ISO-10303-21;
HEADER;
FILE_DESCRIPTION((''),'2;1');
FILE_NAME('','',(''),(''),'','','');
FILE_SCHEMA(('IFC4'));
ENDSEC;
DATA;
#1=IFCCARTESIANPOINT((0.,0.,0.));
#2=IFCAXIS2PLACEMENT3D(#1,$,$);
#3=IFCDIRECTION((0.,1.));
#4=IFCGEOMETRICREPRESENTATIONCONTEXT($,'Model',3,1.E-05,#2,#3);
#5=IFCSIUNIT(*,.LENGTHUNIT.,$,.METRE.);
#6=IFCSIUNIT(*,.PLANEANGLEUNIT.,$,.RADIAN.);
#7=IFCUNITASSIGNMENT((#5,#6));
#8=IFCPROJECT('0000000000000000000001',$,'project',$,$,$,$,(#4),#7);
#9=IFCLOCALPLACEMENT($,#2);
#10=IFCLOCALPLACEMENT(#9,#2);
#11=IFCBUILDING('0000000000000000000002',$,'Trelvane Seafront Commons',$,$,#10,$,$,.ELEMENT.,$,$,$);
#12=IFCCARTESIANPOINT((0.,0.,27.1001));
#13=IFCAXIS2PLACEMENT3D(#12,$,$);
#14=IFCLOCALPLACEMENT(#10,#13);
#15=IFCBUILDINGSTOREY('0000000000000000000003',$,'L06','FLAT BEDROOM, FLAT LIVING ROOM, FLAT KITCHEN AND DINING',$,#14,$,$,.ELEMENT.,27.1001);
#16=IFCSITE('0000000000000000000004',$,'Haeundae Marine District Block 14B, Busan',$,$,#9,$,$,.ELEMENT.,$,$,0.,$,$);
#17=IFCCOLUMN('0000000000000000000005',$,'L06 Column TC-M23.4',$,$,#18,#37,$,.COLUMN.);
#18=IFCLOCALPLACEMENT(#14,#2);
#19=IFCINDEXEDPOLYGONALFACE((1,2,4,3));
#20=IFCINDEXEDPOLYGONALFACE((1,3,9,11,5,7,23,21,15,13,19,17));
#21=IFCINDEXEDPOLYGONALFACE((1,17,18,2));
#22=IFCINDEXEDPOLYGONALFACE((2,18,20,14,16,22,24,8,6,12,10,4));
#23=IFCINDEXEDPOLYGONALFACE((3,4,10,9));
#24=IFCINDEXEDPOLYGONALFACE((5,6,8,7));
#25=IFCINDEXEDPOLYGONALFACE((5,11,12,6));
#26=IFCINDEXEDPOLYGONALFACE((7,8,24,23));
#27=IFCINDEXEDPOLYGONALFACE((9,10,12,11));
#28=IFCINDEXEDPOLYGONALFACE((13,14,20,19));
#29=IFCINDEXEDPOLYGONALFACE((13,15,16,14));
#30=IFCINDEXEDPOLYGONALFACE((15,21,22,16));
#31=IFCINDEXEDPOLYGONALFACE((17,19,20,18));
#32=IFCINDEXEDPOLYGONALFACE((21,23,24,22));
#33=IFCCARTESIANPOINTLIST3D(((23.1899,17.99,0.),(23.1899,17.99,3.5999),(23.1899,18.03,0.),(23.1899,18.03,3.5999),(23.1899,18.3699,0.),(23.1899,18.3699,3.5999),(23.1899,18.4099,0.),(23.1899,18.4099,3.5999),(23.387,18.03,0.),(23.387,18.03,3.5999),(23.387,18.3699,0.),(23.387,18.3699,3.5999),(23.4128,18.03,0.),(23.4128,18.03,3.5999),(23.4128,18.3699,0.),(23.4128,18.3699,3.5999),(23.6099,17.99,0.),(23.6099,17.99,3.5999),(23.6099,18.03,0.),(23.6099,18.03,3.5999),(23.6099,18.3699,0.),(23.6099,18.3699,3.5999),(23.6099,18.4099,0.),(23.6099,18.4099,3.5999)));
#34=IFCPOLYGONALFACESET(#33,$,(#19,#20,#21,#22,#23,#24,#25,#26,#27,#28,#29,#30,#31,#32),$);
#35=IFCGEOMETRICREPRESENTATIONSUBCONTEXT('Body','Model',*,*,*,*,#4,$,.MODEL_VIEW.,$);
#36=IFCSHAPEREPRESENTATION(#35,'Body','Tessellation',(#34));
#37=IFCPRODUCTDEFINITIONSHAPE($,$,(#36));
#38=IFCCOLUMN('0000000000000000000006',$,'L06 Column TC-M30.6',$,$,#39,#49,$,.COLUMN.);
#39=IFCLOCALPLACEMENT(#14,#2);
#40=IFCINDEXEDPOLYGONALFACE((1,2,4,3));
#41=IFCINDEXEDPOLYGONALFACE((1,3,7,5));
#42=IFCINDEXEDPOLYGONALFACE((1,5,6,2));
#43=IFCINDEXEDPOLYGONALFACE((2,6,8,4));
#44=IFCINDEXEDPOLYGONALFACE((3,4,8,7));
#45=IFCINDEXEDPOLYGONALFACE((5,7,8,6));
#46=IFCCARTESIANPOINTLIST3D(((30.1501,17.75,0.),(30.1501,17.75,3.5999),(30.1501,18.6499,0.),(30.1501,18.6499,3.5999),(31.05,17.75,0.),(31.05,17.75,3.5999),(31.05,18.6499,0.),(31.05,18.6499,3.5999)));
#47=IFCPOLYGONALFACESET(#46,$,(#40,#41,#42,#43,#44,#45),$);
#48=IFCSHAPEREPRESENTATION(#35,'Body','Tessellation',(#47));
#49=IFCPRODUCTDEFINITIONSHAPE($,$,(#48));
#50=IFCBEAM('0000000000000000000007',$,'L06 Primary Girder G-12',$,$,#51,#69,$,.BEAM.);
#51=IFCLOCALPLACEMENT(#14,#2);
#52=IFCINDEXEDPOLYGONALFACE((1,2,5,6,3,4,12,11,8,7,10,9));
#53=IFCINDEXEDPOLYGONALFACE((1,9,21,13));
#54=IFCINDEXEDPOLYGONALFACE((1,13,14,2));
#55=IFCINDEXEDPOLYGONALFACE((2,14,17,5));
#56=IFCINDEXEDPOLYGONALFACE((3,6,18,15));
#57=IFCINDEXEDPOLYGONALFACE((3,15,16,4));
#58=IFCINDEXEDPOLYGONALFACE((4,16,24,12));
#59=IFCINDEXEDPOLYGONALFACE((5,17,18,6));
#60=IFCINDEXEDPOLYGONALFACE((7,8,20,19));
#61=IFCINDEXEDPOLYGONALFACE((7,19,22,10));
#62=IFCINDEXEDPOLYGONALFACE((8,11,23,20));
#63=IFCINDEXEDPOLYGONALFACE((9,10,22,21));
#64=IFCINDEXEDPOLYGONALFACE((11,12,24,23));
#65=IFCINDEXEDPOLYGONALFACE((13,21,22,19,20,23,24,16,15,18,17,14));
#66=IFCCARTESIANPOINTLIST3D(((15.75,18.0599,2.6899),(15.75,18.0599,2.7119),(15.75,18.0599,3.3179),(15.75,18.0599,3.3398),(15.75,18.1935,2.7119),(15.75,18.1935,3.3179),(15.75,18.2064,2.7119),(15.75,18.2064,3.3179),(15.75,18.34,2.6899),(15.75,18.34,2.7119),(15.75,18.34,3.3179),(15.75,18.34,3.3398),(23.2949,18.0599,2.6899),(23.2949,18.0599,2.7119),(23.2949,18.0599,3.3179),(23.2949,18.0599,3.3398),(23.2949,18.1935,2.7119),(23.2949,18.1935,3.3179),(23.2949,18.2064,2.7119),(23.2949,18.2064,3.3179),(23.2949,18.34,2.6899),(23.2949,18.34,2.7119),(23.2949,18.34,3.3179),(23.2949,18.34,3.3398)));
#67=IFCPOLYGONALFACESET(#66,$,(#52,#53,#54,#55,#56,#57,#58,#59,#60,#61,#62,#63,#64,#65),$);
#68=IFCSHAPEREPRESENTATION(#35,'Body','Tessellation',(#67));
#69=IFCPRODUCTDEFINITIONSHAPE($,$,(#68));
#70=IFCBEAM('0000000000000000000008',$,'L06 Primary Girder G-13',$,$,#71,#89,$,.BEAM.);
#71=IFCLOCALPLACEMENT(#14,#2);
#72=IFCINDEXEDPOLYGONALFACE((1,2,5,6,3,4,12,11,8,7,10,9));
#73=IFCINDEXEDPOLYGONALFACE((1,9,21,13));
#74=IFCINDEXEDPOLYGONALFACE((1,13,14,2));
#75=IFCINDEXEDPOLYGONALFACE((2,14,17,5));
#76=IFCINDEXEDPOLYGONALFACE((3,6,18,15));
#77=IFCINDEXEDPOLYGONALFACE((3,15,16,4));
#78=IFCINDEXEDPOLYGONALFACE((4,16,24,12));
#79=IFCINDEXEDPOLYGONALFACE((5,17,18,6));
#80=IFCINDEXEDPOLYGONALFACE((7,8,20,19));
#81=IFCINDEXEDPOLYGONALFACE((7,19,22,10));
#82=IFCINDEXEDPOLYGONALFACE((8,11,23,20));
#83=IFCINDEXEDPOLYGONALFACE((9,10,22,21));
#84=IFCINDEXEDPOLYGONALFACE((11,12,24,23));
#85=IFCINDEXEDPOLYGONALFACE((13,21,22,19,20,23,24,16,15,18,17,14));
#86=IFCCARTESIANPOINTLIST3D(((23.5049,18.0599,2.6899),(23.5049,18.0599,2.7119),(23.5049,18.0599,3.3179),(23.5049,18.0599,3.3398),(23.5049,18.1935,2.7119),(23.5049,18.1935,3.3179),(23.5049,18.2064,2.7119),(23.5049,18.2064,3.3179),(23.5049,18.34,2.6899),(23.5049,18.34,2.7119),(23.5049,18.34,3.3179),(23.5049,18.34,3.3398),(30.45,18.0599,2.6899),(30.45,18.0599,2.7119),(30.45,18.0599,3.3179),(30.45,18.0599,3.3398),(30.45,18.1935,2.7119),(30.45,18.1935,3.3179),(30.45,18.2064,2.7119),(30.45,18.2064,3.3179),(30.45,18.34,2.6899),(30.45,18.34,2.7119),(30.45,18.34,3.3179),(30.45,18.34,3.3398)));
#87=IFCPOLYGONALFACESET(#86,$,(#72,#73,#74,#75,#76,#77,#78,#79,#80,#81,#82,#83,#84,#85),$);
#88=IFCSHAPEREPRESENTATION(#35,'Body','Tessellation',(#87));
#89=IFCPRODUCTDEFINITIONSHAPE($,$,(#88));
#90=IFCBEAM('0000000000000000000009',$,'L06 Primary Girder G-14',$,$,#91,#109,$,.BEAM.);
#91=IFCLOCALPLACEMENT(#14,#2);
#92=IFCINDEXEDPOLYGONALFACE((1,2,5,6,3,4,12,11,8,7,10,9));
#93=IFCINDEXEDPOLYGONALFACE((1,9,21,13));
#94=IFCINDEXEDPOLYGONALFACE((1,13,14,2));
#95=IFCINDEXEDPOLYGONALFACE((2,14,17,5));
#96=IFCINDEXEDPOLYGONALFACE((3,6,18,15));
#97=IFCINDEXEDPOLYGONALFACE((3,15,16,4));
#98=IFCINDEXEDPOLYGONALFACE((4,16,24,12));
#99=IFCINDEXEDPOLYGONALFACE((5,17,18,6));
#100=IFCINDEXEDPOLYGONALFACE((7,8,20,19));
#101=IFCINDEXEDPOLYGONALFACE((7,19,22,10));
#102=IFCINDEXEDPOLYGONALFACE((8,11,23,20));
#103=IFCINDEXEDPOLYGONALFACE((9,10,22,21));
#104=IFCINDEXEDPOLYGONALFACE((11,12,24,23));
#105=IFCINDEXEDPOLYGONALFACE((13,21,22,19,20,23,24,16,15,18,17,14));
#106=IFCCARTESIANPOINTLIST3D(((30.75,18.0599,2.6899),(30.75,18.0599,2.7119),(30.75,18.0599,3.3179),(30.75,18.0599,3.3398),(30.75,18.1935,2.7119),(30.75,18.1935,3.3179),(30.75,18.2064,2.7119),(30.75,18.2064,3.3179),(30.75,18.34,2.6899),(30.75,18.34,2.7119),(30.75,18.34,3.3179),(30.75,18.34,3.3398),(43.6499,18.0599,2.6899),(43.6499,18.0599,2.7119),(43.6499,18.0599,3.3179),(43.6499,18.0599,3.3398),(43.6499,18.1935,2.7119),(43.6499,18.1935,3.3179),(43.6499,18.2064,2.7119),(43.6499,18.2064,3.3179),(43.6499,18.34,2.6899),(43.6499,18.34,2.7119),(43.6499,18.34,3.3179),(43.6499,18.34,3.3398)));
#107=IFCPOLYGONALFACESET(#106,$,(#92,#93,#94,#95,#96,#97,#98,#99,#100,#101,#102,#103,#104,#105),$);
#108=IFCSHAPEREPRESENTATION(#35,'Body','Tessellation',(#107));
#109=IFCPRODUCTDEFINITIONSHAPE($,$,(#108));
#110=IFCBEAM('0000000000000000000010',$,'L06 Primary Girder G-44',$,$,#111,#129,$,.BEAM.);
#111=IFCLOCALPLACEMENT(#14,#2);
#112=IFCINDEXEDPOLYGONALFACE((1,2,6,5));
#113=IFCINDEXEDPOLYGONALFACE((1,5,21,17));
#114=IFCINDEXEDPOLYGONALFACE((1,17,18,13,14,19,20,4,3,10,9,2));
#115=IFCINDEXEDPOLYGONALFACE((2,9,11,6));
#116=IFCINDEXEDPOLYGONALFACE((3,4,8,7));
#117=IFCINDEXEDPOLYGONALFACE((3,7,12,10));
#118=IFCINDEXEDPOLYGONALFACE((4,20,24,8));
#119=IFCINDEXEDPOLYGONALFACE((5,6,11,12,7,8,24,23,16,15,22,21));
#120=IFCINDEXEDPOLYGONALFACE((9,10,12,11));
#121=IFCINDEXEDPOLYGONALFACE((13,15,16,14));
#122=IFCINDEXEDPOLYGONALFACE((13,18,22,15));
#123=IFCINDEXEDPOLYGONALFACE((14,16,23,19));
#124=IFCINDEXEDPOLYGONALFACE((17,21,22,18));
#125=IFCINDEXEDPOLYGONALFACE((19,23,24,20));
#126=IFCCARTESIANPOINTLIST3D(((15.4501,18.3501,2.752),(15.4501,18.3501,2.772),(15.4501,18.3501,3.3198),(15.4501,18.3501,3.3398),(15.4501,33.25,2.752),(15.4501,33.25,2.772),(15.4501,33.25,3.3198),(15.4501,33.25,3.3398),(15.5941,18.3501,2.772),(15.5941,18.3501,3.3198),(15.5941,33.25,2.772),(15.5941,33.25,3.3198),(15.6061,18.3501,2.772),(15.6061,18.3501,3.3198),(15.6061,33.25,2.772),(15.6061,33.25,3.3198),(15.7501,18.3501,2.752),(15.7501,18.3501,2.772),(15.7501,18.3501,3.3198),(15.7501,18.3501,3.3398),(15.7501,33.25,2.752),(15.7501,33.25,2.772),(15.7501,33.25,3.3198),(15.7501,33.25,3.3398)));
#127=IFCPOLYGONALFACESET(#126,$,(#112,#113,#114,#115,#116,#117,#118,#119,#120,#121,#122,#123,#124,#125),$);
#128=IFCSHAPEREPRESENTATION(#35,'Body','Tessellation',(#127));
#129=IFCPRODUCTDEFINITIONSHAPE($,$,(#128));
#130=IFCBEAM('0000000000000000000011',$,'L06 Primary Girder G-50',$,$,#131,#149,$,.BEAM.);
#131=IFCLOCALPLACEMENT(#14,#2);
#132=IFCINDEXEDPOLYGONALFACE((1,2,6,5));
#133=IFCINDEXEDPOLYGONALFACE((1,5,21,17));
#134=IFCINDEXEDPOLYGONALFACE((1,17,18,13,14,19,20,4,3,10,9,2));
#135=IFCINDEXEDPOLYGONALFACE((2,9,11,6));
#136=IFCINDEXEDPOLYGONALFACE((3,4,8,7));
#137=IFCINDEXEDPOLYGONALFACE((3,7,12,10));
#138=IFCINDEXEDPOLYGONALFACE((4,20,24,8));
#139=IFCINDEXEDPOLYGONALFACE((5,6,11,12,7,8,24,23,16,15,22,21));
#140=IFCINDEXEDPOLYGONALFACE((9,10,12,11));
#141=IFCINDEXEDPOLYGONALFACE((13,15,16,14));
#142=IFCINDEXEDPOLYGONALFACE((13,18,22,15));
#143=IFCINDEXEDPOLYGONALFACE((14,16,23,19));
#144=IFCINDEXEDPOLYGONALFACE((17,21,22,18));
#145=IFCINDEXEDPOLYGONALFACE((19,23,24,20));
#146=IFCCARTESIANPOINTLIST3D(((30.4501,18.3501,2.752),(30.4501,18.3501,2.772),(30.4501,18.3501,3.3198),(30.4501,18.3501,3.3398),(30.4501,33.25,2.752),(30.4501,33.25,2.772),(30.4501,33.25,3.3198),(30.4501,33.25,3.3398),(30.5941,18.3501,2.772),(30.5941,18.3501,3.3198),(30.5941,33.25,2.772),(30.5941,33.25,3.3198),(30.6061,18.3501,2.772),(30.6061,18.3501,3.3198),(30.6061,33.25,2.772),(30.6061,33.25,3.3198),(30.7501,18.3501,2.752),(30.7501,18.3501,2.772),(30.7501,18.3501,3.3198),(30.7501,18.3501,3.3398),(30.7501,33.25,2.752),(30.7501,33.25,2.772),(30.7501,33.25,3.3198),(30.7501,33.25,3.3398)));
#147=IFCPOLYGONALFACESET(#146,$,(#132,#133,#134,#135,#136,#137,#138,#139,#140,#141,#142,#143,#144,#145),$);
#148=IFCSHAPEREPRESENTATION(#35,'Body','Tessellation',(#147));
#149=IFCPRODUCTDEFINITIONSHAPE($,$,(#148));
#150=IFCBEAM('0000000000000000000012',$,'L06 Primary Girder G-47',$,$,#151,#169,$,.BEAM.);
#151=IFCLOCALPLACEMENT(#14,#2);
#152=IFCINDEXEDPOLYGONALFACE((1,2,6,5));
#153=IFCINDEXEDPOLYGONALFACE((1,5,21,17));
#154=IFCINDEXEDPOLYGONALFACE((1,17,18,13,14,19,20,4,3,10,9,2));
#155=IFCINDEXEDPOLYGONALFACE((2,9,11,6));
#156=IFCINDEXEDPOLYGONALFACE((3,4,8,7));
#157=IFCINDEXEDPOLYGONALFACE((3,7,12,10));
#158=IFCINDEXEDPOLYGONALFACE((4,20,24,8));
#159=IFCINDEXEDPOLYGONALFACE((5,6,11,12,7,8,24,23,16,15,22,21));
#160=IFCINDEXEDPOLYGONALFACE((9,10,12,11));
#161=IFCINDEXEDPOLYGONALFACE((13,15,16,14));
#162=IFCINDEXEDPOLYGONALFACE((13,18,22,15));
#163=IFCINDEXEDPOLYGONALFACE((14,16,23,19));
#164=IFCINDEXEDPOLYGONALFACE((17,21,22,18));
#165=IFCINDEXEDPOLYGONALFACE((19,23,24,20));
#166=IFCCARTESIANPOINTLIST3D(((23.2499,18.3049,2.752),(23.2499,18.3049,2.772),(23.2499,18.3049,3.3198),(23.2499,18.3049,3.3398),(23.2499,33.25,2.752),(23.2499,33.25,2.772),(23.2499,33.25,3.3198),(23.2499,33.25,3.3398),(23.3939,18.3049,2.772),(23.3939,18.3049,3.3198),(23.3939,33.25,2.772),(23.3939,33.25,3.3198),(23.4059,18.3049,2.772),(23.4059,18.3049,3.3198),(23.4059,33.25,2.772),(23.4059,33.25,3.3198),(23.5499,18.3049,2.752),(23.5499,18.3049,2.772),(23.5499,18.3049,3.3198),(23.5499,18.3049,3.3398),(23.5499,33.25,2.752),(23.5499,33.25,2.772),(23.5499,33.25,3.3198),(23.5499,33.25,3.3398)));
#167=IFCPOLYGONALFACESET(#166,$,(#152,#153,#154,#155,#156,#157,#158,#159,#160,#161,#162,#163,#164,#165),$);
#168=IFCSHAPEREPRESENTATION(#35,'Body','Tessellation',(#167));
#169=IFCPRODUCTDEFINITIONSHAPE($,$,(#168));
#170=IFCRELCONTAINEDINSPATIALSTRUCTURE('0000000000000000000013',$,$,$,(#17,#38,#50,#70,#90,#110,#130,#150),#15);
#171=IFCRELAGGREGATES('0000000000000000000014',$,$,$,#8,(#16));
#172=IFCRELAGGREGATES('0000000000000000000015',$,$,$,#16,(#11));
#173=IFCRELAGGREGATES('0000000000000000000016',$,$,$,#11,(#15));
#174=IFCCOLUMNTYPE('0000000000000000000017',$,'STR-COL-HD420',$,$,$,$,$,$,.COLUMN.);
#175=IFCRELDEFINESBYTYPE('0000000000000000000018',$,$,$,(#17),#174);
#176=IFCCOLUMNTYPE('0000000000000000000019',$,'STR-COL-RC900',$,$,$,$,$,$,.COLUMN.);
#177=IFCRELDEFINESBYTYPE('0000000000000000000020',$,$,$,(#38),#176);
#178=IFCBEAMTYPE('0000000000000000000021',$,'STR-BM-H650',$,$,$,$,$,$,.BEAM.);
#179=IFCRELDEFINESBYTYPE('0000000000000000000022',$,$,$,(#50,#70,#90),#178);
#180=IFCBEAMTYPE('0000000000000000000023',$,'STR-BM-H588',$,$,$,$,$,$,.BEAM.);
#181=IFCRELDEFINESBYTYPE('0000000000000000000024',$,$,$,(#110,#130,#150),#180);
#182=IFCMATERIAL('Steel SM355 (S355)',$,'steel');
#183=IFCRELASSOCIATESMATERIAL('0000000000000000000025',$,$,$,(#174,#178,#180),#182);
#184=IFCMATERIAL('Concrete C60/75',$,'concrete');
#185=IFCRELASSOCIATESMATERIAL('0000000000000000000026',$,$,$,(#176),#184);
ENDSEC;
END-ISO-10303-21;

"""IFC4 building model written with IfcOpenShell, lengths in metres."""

from ifc_helpers import new_model, si_unit, direction, frame, origin, origin_2d, place, context, subcontext, project, spatial, rectangle, i_section, extrude, source, transform, mapped, material, material_profile, profile_set, type_object, element, save


model = new_model("IFC4")

# Units and contexts
model_context = context("Model", 3, precision=1e-05, world=origin(), true_north=direction((0.0, 1.0)))
body_context = subcontext(model_context, "Body", "Model", "MODEL_VIEW")
ifc_project = project(units=[si_unit("LENGTHUNIT", "METRE"), si_unit("PLANEANGLEUNIT", "RADIAN")], contexts=[model_context])

# Site, building, storey
site_placement = place(None, origin())
site = spatial("IfcSite", under=ifc_project, at=site_placement, Name="Haeundae Marine District Block 14B, Busan", CompositionType="ELEMENT", RefElevation=0.0)
building_placement = place(site_placement, origin())
building = spatial("IfcBuilding", under=site, at=building_placement, Name="Trelvane Seafront Commons", CompositionType="ELEMENT")
storey_placement = place(building_placement, frame((0.0, 0.0, 27.1001)))
storey = spatial("IfcBuildingStorey", under=building, at=storey_placement, Name="L06", Description="FLAT BEDROOM, FLAT LIVING ROOM, FLAT KITCHEN AND DINING", CompositionType="ELEMENT", Elevation=27.1001)

# Columns
ifc_material_1 = material(Name="Steel SM355 (S355)", Category="steel")
ifc_material_profile_1 = material_profile(ifc_material_1, i_section(OverallWidth=0.4199, OverallDepth=0.4199, WebThickness=0.0259, FlangeThickness=0.04, at=origin_2d()), Name="HD-420x420x26x40")
ifc_profile_set_1 = profile_set([ifc_material_profile_1], Name="Steel SM355 (S355)")
column_type_1 = type_object("IfcColumnType", Name="STR-COL-HD420", PredefinedType="COLUMN", material=ifc_profile_set_1)
shared_shape_1 = source(origin(), body_context, "Body", "SweptSolid", [
    extrude(i_section(OverallWidth=0.4199, OverallDepth=0.4199, WebThickness=0.0259, FlangeThickness=0.04, at=origin_2d()), origin(), (0.0, 0.0, 1.0), 3.5999),
])
column_1_placement = place(storey_placement, frame((23.3999, 18.2, 0.0), z_axis=(0.0, 0.0, 1.0), x_axis=(1.0, 0.0, 0.0)))
element("IfcColumn", 1, at=column_1_placement, inside=storey, type_object=column_type_1, Name="L06 Column TC-M23.4", PredefinedType="COLUMN", context=body_context, shape_type="MappedRepresentation", body=[
    mapped(shared_shape_1, transform((0.0, 0.0, 0.0), x_axis=(1.0, 0.0, 0.0), y_axis=(0.0, 1.0, 0.0), z_axis=(0.0, 0.0, 1.0), scale=1.0)),
])
ifc_material_2 = material(Name="Concrete C60/75", Category="concrete")
ifc_material_profile_2 = material_profile(ifc_material_2, rectangle(XDim=0.8999, YDim=0.8999, at=origin_2d()), Name="RC-900x900")
ifc_profile_set_2 = profile_set([ifc_material_profile_2], Name="Concrete C60/75")
column_type_2 = type_object("IfcColumnType", Name="STR-COL-RC900", PredefinedType="COLUMN", material=ifc_profile_set_2)
shared_shape_2 = source(origin(), body_context, "Body", "SweptSolid", [
    extrude(rectangle(XDim=0.8999, YDim=0.8999, at=origin_2d()), origin(), (0.0, 0.0, 1.0), 3.5999),
])
column_2_placement = place(storey_placement, frame((30.6001, 18.2, 0.0), z_axis=(0.0, 0.0, 1.0), x_axis=(1.0, 0.0, 0.0)))
element("IfcColumn", 2, at=column_2_placement, inside=storey, type_object=column_type_2, Name="L06 Column TC-M30.6", PredefinedType="COLUMN", context=body_context, shape_type="MappedRepresentation", body=[
    mapped(shared_shape_2, transform((0.0, 0.0, 0.0), x_axis=(1.0, 0.0, 0.0), y_axis=(0.0, 1.0, 0.0), z_axis=(0.0, 0.0, 1.0), scale=1.0)),
])

# Beams
ifc_material_profile_3 = material_profile(ifc_material_1, i_section(OverallWidth=0.28, OverallDepth=0.6499, WebThickness=0.0129, FlangeThickness=0.022, at=origin_2d()), Name="H-650x280x13x22")
ifc_profile_set_3 = profile_set([ifc_material_profile_3], Name="Steel SM355 (S355)")
beam_type_1 = type_object("IfcBeamType", Name="STR-BM-H650", PredefinedType="BEAM", material=ifc_profile_set_3)
shared_shape_3 = source(origin(), body_context, "Body", "SweptSolid", [
    extrude(i_section(OverallWidth=0.28, OverallDepth=0.6499, WebThickness=0.0129, FlangeThickness=0.022, at=origin_2d()), origin(), (0.0, 0.0, 1.0), 7.5449),
])
beam_1_placement = place(storey_placement, frame((15.75, 18.2, 3.0149), z_axis=(1.0, 0.0, 0.0), x_axis=(0.0, 1.0, 0.0)))
element("IfcBeam", 3, at=beam_1_placement, inside=storey, type_object=beam_type_1, Name="L06 Primary Girder G-12", PredefinedType="BEAM", context=body_context, shape_type="MappedRepresentation", body=[
    mapped(shared_shape_3, transform((0.0, 0.0, 0.0), x_axis=(1.0, 0.0, 0.0), y_axis=(0.0, 1.0, 0.0), z_axis=(0.0, 0.0, 1.0), scale=1.0)),
])
shared_shape_4 = source(origin(), body_context, "Body", "SweptSolid", [
    extrude(i_section(OverallWidth=0.28, OverallDepth=0.6499, WebThickness=0.0129, FlangeThickness=0.022, at=origin_2d()), origin(), (0.0, 0.0, 1.0), 6.9451),
])
beam_2_placement = place(storey_placement, frame((23.5049, 18.2, 3.0149), z_axis=(1.0, 0.0, 0.0), x_axis=(0.0, 1.0, 0.0)))
element("IfcBeam", 4, at=beam_2_placement, inside=storey, type_object=beam_type_1, Name="L06 Primary Girder G-13", PredefinedType="BEAM", context=body_context, shape_type="MappedRepresentation", body=[
    mapped(shared_shape_4, transform((0.0, 0.0, 0.0), x_axis=(1.0, 0.0, 0.0), y_axis=(0.0, 1.0, 0.0), z_axis=(0.0, 0.0, 1.0), scale=1.0)),
])
shared_shape_5 = source(origin(), body_context, "Body", "SweptSolid", [
    extrude(i_section(OverallWidth=0.28, OverallDepth=0.6499, WebThickness=0.0129, FlangeThickness=0.022, at=origin_2d()), origin(), (0.0, 0.0, 1.0), 12.8999),
])
beam_3_placement = place(storey_placement, frame((30.75, 18.2, 3.0149), z_axis=(1.0, 0.0, 0.0), x_axis=(0.0, 1.0, 0.0)))
element("IfcBeam", 5, at=beam_3_placement, inside=storey, type_object=beam_type_1, Name="L06 Primary Girder G-14", PredefinedType="BEAM", context=body_context, shape_type="MappedRepresentation", body=[
    mapped(shared_shape_5, transform((0.0, 0.0, 0.0), x_axis=(1.0, 0.0, 0.0), y_axis=(0.0, 1.0, 0.0), z_axis=(0.0, 0.0, 1.0), scale=1.0)),
])
ifc_material_profile_4 = material_profile(ifc_material_1, i_section(OverallWidth=0.3, OverallDepth=0.5879, WebThickness=0.012, FlangeThickness=0.02, at=origin_2d()), Name="H-588x300x12x20")
ifc_profile_set_4 = profile_set([ifc_material_profile_4], Name="Steel SM355 (S355)")
beam_type_2 = type_object("IfcBeamType", Name="STR-BM-H588", PredefinedType="BEAM", material=ifc_profile_set_4)
shared_shape_6 = source(origin(), body_context, "Body", "SweptSolid", [
    extrude(i_section(OverallWidth=0.3, OverallDepth=0.5879, WebThickness=0.012, FlangeThickness=0.02, at=origin_2d()), origin(), (0.0, 0.0, 1.0), 14.8999),
])
for number, where, z_axis, x_axis, name in (
    (6, (15.6001, 18.3501, 3.0459), (0.0, 1.0, 0.0), (-1.0, 0.0, 0.0), "L06 Primary Girder G-44"),
    (7, (30.6001, 18.3501, 3.0459), (0.0, 1.0, 0.0), (-1.0, 0.0, 0.0), "L06 Primary Girder G-50"),
):
    element("IfcBeam", number, at=place(storey_placement, frame(where, z_axis=z_axis, x_axis=x_axis)), inside=storey, type_object=beam_type_2, Name=name, PredefinedType="BEAM", context=body_context, shape_type="MappedRepresentation", body=[
        mapped(shared_shape_6, transform((0.0, 0.0, 0.0), x_axis=(1.0, 0.0, 0.0), y_axis=(0.0, 1.0, 0.0), z_axis=(0.0, 0.0, 1.0), scale=1.0)),
    ])
shared_shape_7 = source(origin(), body_context, "Body", "SweptSolid", [
    extrude(i_section(OverallWidth=0.3, OverallDepth=0.5879, WebThickness=0.012, FlangeThickness=0.02, at=origin_2d()), origin(), (0.0, 0.0, 1.0), 14.9451),
])
beam_4_placement = place(storey_placement, frame((23.3999, 18.3049, 3.0459), z_axis=(0.0, 1.0, 0.0), x_axis=(-1.0, 0.0, 0.0)))
element("IfcBeam", 8, at=beam_4_placement, inside=storey, type_object=beam_type_2, Name="L06 Primary Girder G-47", PredefinedType="BEAM", context=body_context, shape_type="MappedRepresentation", body=[
    mapped(shared_shape_7, transform((0.0, 0.0, 0.0), x_axis=(1.0, 0.0, 0.0), y_axis=(0.0, 1.0, 0.0), z_axis=(0.0, 0.0, 1.0), scale=1.0)),
])

save(model, "model.ifc")
